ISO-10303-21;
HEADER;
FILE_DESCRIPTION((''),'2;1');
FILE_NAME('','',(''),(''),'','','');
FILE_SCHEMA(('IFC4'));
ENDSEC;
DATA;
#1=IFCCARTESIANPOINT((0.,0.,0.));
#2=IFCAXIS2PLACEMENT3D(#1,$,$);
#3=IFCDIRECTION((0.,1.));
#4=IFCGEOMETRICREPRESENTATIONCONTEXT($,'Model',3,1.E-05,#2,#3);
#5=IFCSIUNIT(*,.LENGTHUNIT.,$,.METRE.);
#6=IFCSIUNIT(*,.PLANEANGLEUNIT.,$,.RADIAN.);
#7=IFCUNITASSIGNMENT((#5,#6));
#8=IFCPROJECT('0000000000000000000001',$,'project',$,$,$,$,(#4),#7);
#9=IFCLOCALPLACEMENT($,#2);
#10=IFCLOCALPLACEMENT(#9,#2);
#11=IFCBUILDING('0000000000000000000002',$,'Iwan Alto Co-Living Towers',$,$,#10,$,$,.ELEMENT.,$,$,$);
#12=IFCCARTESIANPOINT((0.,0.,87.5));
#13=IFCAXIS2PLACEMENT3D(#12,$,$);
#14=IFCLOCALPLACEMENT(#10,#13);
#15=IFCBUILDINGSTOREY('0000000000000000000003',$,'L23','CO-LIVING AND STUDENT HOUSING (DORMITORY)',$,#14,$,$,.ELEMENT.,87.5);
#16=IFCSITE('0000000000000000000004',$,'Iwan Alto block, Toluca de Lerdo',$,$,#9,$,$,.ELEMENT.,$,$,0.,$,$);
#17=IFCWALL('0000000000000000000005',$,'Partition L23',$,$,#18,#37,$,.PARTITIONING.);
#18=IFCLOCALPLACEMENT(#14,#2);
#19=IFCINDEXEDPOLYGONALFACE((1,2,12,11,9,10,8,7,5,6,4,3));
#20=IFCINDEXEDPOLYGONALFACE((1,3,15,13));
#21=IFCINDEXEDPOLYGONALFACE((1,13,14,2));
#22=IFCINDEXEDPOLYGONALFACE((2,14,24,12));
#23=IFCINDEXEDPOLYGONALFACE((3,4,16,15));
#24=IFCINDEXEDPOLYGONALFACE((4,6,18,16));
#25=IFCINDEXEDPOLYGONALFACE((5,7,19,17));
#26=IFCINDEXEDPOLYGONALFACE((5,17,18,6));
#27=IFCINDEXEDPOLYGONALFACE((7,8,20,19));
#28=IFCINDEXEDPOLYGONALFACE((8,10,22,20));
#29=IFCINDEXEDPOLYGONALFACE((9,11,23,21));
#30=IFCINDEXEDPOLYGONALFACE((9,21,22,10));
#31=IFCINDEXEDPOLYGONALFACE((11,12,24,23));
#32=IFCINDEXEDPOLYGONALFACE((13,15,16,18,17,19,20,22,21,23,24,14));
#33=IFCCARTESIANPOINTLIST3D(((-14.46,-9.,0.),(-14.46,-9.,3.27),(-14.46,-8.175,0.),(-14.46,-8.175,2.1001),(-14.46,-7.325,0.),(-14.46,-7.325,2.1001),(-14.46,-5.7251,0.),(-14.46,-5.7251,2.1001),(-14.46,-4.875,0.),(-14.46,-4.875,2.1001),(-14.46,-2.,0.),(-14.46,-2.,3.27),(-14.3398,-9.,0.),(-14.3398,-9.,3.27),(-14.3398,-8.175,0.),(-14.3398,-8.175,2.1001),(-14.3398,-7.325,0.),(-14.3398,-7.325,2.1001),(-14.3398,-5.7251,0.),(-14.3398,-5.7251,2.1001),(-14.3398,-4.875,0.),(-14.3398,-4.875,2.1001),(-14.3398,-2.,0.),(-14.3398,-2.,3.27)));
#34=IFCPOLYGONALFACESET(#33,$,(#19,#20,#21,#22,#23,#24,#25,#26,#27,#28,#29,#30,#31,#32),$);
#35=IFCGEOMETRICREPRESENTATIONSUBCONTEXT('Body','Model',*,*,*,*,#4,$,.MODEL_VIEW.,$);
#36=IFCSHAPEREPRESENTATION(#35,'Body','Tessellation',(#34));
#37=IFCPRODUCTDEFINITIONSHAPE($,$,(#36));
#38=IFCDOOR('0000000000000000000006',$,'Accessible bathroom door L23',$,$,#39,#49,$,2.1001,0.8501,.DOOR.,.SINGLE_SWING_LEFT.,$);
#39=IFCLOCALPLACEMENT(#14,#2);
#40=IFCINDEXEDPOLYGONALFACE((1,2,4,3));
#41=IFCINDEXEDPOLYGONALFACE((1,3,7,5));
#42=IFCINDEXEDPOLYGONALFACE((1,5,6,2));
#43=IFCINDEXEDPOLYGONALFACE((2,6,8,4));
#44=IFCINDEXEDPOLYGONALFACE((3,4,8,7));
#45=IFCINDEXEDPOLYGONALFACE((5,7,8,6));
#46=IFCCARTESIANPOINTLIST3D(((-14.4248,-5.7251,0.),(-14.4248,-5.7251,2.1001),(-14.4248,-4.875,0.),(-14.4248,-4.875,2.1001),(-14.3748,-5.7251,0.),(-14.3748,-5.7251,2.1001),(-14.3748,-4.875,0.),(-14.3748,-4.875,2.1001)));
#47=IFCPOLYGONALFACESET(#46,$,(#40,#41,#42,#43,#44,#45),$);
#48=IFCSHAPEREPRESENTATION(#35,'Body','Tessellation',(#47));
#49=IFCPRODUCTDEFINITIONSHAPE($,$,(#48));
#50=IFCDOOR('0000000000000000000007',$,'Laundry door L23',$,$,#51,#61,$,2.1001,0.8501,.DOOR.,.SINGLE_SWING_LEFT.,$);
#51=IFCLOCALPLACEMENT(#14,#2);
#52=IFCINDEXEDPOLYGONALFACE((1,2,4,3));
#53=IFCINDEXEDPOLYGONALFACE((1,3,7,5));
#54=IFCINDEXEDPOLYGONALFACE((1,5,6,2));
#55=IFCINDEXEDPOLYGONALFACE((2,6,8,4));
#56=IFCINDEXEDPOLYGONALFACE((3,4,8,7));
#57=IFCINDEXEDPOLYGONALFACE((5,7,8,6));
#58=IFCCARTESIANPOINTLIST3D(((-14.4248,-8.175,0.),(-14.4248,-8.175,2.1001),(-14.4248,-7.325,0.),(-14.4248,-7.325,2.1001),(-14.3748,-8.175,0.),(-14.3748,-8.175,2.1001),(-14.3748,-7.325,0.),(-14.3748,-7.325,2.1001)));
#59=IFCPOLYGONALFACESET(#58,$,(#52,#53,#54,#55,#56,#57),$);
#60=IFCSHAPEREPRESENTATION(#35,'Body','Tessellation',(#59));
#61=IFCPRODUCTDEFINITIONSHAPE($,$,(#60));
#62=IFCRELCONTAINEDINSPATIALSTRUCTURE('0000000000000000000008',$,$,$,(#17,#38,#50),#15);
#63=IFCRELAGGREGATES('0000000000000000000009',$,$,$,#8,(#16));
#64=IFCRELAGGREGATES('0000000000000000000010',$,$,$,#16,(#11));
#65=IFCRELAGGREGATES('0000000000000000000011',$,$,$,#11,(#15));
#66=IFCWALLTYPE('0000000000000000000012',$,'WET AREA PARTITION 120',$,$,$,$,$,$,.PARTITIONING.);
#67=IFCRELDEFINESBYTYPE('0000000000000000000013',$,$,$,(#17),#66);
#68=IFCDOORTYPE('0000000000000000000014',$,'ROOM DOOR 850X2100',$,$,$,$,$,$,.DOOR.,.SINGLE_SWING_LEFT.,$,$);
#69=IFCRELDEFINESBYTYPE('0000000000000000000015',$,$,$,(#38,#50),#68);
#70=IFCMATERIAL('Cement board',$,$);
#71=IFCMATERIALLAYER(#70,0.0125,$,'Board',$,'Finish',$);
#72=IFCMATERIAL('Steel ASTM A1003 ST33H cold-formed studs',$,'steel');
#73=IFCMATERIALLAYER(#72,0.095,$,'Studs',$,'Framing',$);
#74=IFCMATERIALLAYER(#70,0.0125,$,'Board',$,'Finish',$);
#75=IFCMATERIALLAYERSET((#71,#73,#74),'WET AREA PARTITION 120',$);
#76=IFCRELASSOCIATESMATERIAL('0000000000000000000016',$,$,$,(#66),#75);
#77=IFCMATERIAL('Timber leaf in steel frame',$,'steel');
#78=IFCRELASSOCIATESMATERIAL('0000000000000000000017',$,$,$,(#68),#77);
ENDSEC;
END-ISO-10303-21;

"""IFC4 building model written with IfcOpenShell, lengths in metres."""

from ifc_helpers import new_model, si_unit, direction, frame, frame_2d, origin, place, context, subcontext, project, spatial, rectangle, extrude, material, layer, layer_set, type_object, element, fill, save


model = new_model("IFC4")

# Units and contexts
model_context = context("Model", 3, precision=1e-05, world=origin(), true_north=direction((0.0, 1.0)))
body_context = subcontext(model_context, "Body", "Model", "MODEL_VIEW")
ifc_project = project(units=[si_unit("LENGTHUNIT", "METRE"), si_unit("PLANEANGLEUNIT", "RADIAN")], contexts=[model_context])

# Site, building, storey
site_placement = place(None, origin())
site = spatial("IfcSite", under=ifc_project, at=site_placement, Name="Iwan Alto block, Toluca de Lerdo", CompositionType="ELEMENT", RefElevation=0.0)
building_placement = place(site_placement, origin())
building = spatial("IfcBuilding", under=site, at=building_placement, Name="Iwan Alto Co-Living Towers", CompositionType="ELEMENT")
storey_placement = place(building_placement, frame((0.0, 0.0, 87.5)))
storey = spatial("IfcBuildingStorey", under=building, at=storey_placement, Name="L23", Description="CO-LIVING AND STUDENT HOUSING (DORMITORY)", CompositionType="ELEMENT", Elevation=87.5)

# Shared definitions
ifc_material_1 = material(Name="Steel ASTM A1003 ST33H cold-formed studs", Category="steel")

# Shared definitions
ifc_material_2 = material(Name="Cement board")
ifc_layer_1 = layer(ifc_material_2, 0.0125, Name="Board", Category="Finish")
ifc_layer_2 = layer(ifc_material_1, 0.095, Name="Studs", Category="Framing")
ifc_layer_3 = layer(ifc_material_2, 0.0125, Name="Board", Category="Finish")
ifc_layer_set_1 = layer_set([ifc_layer_1, ifc_layer_2, ifc_layer_3], Name="WET AREA PARTITION 120")
wall_type_1 = type_object("IfcWallType", Name="WET AREA PARTITION 120", PredefinedType="PARTITIONING", material=ifc_layer_set_1)

# Shared definitions
ifc_material_3 = material(Name="Timber leaf in steel frame", Category="steel")
door_type_1 = type_object("IfcDoorType", Name="ROOM DOOR 850X2100", OperationType="SINGLE_SWING_LEFT", PredefinedType="DOOR", material=ifc_material_3)

# Wall, openings, doors
wall_1_placement = place(storey_placement, frame((-14.3999, -9.0, 0.0), z_axis=(0.0, 0.0, 1.0), x_axis=(0.0, 1.0, 0.0)))
wall_1 = element("IfcWall", 1, at=wall_1_placement, inside=storey, type_object=wall_type_1, Name="Partition L23", PredefinedType="PARTITIONING", context=body_context, shape_type="SweptSolid", body=[
    extrude(rectangle(XDim=7.0, YDim=0.1201, at=frame_2d((3.5, 0.0))), origin(), (0.0, 0.0, 1.0), 3.27),
])
opening_1_placement = place(wall_1_placement, frame((3.2749, 0.0, 0.0)))
opening_1 = element("IfcOpeningElement", 2, at=opening_1_placement, cuts=wall_1, PredefinedType="OPENING", context=body_context, shape_type="SweptSolid", body=[
    extrude(rectangle(XDim=0.8501, YDim=2.1001, at=frame_2d((0.425, 1.05))), frame((0.0, 0.0701, 0.0), z_axis=(0.0, -1.0, 0.0), x_axis=(1.0, 0.0, 0.0)), (0.0, 0.0, 1.0), 0.1401),
])
opening_2_placement = place(wall_1_placement, frame((0.825, 0.0, 0.0)))
opening_2 = element("IfcOpeningElement", 3, at=opening_2_placement, cuts=wall_1, PredefinedType="OPENING", context=body_context, shape_type="SweptSolid", body=[
    extrude(rectangle(XDim=0.8501, YDim=2.1001, at=frame_2d((0.425, 1.05))), frame((0.0, 0.0701, 0.0), z_axis=(0.0, -1.0, 0.0), x_axis=(1.0, 0.0, 0.0)), (0.0, 0.0, 1.0), 0.1401),
])
door_1_placement = place(opening_1_placement, origin())
door_1 = element("IfcDoor", 4, at=door_1_placement, inside=storey, type_object=door_type_1, Name="Accessible bathroom door L23", OperationType="SINGLE_SWING_LEFT", OverallHeight=2.1001, OverallWidth=0.8501, PredefinedType="DOOR", context=body_context, shape_type="SweptSolid", body=[
    extrude(rectangle(XDim=0.8501, YDim=2.1001, at=frame_2d((0.425, 1.05))), frame((0.0, 0.0249, 0.0), z_axis=(0.0, -1.0, 0.0), x_axis=(1.0, 0.0, 0.0)), (0.0, 0.0, 1.0), 0.05),
])
fill(opening_1, door_1)
door_2_placement = place(opening_2_placement, origin())
door_2 = element("IfcDoor", 5, at=door_2_placement, inside=storey, type_object=door_type_1, Name="Laundry door L23", OperationType="SINGLE_SWING_LEFT", OverallHeight=2.1001, OverallWidth=0.8501, PredefinedType="DOOR", context=body_context, shape_type="SweptSolid", body=[
    extrude(rectangle(XDim=0.8501, YDim=2.1001, at=frame_2d((0.425, 1.05))), frame((0.0, 0.0249, 0.0), z_axis=(0.0, -1.0, 0.0), x_axis=(1.0, 0.0, 0.0)), (0.0, 0.0, 1.0), 0.05),
])
fill(opening_2, door_2)

save(model, "model.ifc")
